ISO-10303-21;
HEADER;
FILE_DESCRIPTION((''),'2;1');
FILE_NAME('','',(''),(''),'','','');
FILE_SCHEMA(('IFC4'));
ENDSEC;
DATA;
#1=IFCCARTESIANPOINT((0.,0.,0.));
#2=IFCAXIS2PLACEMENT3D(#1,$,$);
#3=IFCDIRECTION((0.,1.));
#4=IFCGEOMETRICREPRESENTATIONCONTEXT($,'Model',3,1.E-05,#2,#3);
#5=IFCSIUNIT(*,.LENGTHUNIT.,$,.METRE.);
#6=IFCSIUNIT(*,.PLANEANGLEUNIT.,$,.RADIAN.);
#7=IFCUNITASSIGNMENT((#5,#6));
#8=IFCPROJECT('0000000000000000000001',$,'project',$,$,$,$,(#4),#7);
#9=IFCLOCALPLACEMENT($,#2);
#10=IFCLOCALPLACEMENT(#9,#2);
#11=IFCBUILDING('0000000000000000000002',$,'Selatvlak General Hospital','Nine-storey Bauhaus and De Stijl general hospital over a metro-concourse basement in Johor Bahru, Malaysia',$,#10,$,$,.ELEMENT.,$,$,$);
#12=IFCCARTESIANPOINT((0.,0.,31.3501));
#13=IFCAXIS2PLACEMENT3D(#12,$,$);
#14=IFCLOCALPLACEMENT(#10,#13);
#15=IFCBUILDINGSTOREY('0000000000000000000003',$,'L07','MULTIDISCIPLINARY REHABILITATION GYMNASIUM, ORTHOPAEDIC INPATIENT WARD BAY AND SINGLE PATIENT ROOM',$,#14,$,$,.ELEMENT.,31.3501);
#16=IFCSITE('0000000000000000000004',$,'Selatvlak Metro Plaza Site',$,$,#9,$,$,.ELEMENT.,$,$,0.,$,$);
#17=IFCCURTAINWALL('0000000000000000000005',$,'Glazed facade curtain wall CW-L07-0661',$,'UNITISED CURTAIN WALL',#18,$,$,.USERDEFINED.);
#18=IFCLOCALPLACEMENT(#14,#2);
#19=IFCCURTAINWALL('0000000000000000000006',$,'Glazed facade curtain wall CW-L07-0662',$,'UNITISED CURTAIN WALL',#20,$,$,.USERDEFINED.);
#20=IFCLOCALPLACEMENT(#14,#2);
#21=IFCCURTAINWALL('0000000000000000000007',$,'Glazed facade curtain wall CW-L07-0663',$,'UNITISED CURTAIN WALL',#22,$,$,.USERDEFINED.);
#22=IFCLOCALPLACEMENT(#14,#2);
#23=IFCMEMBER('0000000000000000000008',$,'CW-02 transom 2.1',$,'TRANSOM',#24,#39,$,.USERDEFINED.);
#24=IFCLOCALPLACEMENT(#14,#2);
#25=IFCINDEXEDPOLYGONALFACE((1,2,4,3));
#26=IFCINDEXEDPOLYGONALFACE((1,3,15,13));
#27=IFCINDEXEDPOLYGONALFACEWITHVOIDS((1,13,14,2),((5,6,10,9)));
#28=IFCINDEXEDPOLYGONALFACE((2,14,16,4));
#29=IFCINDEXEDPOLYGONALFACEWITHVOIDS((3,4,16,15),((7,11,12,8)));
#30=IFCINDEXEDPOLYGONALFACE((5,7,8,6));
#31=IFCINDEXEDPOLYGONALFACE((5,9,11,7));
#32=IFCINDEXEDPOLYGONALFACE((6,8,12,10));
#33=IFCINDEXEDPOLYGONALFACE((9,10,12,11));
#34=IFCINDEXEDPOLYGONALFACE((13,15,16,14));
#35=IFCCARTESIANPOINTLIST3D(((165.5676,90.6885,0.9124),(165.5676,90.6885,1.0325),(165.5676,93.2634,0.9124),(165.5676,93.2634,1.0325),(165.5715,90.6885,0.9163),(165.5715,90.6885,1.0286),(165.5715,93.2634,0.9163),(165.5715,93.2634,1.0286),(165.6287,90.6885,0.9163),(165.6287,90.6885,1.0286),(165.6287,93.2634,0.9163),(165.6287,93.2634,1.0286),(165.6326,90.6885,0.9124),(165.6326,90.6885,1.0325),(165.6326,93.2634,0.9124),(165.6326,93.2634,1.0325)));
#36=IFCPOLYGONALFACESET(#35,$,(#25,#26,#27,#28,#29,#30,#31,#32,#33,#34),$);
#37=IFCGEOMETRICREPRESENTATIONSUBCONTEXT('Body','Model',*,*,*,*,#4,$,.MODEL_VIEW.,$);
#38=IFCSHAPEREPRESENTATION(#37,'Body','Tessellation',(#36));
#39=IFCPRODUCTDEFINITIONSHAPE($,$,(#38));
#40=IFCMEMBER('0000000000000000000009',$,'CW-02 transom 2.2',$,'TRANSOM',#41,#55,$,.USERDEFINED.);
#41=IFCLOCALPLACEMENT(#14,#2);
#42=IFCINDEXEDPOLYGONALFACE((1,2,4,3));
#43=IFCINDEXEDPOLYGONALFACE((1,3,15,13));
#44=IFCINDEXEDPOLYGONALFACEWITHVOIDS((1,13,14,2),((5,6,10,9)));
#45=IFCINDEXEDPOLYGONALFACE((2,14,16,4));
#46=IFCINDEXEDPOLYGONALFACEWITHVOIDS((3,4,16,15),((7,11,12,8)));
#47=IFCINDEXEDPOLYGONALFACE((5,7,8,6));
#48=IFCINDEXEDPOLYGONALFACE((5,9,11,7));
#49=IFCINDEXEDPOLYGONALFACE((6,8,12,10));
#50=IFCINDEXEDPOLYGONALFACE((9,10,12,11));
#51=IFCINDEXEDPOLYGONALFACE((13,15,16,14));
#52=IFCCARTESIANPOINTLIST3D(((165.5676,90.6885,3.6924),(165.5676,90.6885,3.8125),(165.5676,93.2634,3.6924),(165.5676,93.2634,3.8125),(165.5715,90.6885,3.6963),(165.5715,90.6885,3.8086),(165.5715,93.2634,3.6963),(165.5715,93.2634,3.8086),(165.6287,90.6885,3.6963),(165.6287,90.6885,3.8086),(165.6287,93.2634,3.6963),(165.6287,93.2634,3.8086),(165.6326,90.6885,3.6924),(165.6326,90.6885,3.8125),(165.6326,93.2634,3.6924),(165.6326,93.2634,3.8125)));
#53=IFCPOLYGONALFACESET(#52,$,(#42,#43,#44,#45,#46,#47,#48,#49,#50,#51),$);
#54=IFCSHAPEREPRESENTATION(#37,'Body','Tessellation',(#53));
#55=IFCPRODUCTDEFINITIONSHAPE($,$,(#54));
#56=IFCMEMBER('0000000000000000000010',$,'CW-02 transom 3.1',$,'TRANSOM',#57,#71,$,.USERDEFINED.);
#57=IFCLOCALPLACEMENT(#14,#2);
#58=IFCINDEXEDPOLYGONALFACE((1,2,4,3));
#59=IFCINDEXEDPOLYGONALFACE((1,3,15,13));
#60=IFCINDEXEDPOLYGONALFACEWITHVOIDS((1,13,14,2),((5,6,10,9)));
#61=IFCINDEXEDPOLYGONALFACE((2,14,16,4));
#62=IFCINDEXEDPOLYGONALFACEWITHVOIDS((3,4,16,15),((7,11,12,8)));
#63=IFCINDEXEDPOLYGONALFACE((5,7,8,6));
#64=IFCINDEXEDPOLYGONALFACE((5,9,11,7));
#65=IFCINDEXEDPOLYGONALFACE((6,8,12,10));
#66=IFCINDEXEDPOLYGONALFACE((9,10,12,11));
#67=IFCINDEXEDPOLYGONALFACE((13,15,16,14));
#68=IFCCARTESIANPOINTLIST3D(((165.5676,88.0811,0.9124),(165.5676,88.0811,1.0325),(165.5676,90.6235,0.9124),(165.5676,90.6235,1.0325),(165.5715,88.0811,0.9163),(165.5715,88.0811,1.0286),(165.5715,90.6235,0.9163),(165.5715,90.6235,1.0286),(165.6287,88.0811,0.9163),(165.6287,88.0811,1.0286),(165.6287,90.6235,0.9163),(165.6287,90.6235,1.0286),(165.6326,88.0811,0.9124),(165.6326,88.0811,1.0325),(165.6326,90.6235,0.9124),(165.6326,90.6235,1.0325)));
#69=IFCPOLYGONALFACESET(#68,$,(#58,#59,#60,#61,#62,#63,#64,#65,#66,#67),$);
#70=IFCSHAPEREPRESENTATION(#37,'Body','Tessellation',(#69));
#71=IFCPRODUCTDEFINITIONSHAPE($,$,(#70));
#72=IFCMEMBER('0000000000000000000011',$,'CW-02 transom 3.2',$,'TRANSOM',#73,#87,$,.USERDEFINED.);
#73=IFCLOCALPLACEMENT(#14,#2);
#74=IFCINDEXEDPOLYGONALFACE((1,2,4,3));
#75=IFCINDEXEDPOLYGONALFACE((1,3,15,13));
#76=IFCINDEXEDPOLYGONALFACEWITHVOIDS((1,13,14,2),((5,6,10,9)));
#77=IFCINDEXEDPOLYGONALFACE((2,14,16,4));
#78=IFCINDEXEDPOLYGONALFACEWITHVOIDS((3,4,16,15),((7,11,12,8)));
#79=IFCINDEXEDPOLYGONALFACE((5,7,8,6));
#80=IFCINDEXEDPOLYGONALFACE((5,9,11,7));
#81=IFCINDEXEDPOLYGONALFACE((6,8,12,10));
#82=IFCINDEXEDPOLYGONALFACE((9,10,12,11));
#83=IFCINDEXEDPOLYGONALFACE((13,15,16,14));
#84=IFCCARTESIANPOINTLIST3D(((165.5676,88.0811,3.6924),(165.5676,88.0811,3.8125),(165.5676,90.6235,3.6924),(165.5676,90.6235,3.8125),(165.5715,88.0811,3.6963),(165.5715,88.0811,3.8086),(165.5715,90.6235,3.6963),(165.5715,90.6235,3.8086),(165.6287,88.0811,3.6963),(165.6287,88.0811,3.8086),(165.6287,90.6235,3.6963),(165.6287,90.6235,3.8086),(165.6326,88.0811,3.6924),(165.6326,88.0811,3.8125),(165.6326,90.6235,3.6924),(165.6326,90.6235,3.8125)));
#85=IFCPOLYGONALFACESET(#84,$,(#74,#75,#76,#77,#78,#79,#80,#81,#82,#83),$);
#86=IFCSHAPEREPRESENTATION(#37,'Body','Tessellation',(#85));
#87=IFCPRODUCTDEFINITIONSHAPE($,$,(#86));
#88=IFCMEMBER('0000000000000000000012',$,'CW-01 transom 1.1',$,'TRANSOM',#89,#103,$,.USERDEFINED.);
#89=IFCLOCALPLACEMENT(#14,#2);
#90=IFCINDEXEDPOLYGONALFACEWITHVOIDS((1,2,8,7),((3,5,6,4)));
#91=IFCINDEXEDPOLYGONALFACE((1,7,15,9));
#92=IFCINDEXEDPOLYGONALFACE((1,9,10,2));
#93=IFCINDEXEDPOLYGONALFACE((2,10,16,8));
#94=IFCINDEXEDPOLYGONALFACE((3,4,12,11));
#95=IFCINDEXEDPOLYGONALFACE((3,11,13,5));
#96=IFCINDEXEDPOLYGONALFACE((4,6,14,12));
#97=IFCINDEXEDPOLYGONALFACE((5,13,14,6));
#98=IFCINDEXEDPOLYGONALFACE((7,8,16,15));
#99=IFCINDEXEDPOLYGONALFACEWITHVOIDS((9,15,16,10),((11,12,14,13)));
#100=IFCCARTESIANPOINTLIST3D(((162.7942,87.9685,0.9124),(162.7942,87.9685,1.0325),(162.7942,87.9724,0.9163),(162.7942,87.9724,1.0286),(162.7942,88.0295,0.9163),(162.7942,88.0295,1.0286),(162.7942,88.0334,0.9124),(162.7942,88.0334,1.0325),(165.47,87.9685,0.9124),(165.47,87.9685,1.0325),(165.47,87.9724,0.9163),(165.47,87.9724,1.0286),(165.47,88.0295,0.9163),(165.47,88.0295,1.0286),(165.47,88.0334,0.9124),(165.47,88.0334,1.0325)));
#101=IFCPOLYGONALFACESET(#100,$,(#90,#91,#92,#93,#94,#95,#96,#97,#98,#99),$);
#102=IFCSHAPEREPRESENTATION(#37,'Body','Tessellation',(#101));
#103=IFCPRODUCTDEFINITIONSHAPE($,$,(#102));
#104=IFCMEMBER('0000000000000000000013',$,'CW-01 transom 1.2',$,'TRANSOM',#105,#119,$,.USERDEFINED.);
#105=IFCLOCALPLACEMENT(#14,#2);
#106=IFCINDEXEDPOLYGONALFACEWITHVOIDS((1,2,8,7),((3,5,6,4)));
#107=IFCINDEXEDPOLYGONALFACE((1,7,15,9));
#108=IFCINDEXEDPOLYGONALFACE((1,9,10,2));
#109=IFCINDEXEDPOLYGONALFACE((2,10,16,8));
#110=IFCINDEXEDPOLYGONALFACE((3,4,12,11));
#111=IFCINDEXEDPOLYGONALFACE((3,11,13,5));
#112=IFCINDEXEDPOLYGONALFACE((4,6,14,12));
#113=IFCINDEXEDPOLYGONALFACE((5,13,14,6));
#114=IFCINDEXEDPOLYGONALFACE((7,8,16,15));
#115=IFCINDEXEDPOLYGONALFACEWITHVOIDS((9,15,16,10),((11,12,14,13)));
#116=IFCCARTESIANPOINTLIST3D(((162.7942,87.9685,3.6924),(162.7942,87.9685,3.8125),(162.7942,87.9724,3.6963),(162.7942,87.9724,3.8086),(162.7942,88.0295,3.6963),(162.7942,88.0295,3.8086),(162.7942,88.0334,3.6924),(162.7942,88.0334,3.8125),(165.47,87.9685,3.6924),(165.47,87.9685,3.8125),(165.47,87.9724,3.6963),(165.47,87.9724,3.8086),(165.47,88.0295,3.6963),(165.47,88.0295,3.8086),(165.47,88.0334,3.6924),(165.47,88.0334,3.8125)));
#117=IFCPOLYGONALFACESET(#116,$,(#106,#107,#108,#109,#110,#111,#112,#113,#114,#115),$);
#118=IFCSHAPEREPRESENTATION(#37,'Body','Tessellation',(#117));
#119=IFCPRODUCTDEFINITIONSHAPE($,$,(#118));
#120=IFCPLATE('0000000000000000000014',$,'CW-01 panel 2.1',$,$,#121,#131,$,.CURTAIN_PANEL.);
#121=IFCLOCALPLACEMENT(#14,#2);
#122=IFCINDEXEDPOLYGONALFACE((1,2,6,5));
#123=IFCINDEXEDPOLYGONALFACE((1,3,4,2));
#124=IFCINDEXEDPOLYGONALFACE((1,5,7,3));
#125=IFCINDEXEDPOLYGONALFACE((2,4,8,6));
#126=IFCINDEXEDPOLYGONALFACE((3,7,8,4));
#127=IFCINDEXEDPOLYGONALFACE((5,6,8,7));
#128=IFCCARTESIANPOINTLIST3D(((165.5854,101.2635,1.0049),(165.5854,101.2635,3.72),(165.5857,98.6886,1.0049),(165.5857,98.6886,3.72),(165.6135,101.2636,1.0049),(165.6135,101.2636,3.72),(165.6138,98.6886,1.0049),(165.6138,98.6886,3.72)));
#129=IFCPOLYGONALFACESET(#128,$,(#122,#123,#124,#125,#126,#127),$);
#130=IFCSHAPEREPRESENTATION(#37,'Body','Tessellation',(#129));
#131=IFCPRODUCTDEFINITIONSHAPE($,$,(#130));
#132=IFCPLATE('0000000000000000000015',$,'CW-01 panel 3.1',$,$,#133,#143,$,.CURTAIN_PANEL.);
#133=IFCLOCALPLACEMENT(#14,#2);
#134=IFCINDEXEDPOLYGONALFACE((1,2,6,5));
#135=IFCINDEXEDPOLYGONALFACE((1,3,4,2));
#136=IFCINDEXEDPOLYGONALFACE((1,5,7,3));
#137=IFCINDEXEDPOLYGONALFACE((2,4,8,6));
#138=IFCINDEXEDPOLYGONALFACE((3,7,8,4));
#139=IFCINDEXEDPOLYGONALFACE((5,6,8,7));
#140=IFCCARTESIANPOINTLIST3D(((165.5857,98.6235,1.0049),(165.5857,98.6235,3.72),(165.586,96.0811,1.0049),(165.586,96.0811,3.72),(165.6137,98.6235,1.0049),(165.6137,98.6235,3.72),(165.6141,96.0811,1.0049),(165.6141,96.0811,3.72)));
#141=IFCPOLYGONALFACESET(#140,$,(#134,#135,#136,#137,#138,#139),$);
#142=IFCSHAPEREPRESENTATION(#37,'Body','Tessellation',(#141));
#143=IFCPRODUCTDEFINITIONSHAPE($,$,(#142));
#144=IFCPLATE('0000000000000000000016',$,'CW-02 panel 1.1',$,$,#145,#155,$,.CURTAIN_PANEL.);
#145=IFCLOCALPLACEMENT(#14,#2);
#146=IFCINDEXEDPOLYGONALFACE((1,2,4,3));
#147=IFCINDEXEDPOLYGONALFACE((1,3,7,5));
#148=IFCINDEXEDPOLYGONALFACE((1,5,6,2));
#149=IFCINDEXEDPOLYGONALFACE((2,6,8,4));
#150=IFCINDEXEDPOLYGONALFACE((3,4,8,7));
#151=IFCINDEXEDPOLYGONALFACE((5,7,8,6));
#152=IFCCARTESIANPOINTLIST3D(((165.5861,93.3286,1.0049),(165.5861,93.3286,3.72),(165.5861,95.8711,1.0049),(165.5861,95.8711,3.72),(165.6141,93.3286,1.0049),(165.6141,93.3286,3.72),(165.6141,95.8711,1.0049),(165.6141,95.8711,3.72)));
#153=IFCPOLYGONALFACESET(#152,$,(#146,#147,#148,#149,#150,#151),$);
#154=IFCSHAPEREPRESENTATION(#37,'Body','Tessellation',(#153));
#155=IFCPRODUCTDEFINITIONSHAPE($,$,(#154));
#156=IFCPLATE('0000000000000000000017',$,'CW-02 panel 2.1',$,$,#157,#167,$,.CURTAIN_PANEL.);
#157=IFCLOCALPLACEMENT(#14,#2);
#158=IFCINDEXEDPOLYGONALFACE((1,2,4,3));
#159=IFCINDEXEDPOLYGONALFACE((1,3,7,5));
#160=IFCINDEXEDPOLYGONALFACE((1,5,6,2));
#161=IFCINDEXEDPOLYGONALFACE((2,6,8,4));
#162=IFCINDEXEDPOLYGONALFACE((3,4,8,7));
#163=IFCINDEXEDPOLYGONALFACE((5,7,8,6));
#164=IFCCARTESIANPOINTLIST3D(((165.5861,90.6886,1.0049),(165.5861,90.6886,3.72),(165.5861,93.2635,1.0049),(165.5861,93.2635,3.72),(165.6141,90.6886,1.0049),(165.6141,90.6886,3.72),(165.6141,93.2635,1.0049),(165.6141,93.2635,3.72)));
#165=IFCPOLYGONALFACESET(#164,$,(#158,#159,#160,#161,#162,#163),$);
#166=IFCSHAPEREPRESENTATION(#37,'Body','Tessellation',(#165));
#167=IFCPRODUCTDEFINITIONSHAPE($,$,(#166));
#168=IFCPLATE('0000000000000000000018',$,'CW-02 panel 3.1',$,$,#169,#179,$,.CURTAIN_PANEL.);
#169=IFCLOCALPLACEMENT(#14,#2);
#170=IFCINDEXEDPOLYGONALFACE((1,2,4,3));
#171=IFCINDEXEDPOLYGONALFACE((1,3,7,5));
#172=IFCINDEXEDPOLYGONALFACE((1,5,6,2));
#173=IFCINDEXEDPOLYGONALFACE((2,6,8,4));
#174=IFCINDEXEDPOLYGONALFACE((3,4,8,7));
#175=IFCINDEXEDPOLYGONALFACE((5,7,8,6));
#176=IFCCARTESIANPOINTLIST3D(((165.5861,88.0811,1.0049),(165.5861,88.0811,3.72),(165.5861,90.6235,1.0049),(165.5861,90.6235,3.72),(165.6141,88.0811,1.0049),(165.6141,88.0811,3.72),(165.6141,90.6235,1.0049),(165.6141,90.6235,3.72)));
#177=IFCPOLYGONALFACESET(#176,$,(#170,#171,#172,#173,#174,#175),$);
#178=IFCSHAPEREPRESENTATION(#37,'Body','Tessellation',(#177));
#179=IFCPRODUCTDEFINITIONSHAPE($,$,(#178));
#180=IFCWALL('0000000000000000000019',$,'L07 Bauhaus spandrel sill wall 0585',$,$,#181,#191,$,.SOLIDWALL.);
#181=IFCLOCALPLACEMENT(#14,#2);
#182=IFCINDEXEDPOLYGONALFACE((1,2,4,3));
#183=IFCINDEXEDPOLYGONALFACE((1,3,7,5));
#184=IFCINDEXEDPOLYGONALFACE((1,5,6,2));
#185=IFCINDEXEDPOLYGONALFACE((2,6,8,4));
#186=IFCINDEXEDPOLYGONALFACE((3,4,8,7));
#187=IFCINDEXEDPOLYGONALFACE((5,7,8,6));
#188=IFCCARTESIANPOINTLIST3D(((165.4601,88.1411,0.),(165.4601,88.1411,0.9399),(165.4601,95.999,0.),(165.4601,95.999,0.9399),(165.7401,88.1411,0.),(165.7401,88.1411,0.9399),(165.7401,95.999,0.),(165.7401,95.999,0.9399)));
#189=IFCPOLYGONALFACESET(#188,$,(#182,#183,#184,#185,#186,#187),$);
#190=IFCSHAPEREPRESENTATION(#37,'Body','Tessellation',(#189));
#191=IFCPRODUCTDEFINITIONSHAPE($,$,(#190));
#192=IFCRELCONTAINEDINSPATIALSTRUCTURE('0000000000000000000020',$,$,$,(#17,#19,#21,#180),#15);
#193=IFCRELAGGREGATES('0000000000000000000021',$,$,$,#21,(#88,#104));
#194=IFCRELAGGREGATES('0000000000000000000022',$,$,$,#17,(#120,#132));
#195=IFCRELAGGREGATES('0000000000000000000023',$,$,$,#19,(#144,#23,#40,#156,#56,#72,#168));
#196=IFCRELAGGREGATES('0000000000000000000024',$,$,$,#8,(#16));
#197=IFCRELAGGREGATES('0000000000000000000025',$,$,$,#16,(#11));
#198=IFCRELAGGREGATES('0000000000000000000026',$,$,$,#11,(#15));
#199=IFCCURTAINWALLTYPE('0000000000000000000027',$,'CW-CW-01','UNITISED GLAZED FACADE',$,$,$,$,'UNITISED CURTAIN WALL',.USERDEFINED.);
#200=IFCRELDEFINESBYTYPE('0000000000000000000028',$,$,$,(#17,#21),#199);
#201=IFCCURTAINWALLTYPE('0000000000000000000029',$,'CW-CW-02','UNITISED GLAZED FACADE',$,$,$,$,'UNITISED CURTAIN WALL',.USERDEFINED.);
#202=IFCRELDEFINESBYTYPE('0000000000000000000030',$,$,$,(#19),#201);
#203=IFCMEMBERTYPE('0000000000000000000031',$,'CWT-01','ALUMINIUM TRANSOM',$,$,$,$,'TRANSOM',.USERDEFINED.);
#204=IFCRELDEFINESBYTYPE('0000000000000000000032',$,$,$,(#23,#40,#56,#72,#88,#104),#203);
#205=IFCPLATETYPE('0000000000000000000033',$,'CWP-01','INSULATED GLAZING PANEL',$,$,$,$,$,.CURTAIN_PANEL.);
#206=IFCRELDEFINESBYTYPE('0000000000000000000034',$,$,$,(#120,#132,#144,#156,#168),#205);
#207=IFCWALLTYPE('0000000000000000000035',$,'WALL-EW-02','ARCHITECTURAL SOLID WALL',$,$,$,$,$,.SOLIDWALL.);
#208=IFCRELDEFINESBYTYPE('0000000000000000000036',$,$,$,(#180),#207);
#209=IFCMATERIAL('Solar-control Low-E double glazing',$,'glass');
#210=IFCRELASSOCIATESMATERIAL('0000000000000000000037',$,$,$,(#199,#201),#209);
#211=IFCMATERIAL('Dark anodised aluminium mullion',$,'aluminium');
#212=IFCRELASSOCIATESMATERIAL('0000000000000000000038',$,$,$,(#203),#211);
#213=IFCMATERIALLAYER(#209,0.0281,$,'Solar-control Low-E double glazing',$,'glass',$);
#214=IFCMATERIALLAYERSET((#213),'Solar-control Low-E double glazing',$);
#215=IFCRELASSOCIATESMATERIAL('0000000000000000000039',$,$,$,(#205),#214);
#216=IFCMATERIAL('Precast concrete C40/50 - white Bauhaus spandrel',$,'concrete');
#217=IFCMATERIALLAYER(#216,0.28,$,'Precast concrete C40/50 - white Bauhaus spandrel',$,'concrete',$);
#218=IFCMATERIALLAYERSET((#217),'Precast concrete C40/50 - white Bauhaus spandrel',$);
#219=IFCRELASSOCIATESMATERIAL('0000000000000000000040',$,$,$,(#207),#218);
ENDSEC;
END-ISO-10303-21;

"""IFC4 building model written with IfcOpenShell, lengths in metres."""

from ifc_helpers import new_model, si_unit, direction, frame, frame_2d, origin, origin_2d, place, context, subcontext, project, spatial, rectangle, hollow_rectangle, extrude, material, layer, layer_set, material_profile, profile_set, type_object, element, aggregate, save


model = new_model("IFC4")

# Units and contexts
model_context = context("Model", 3, precision=1e-05, world=origin(), true_north=direction((0.0, 1.0)))
body_context = subcontext(model_context, "Body", "Model", "MODEL_VIEW")
ifc_project = project(units=[si_unit("LENGTHUNIT", "METRE"), si_unit("PLANEANGLEUNIT", "RADIAN")], contexts=[model_context])

# Site, building, storey
site_placement = place(None, origin())
site = spatial("IfcSite", under=ifc_project, at=site_placement, Name="Selatvlak Metro Plaza Site", CompositionType="ELEMENT", RefElevation=0.0)
building_placement = place(site_placement, origin())
building = spatial("IfcBuilding", under=site, at=building_placement, Name="Selatvlak General Hospital", Description="Nine-storey Bauhaus and De Stijl general hospital over a metro-concourse basement in Johor Bahru, Malaysia", CompositionType="ELEMENT")
storey_placement = place(building_placement, frame((0.0, 0.0, 31.3501)))
storey = spatial("IfcBuildingStorey", under=building, at=storey_placement, Name="L07", Description="MULTIDISCIPLINARY REHABILITATION GYMNASIUM, ORTHOPAEDIC INPATIENT WARD BAY AND SINGLE PATIENT ROOM", CompositionType="ELEMENT", Elevation=31.3501)

# Curtain walls
ifc_material_1 = material(Name="Solar-control Low-E double glazing", Category="glass")
curtain_wall_type_1 = type_object("IfcCurtainWallType", Name="CW-CW-01", Description="UNITISED GLAZED FACADE", ElementType="UNITISED CURTAIN WALL", PredefinedType="USERDEFINED", material=ifc_material_1)
curtain_wall_1_placement = place(storey_placement, origin())
curtain_wall_1 = element("IfcCurtainWall", 1, at=curtain_wall_1_placement, inside=storey, type_object=curtain_wall_type_1, Name="Glazed facade curtain wall CW-L07-0661", ObjectType="UNITISED CURTAIN WALL", PredefinedType="USERDEFINED")
ifc_material_2 = material(Name="Dark anodised aluminium mullion", Category="aluminium")
curtain_wall_type_2 = type_object("IfcCurtainWallType", Name="CW-CW-02", Description="UNITISED GLAZED FACADE", ElementType="UNITISED CURTAIN WALL", PredefinedType="USERDEFINED", material=ifc_material_1)
curtain_wall_2_placement = place(storey_placement, origin())
curtain_wall_2 = element("IfcCurtainWall", 2, at=curtain_wall_2_placement, inside=storey, type_object=curtain_wall_type_2, Name="Glazed facade curtain wall CW-L07-0662", ObjectType="UNITISED CURTAIN WALL", PredefinedType="USERDEFINED")

# Curtain wall
curtain_wall_3_placement = place(storey_placement, origin())
curtain_wall_3 = element("IfcCurtainWall", 3, at=curtain_wall_3_placement, inside=storey, type_object=curtain_wall_type_1, Name="Glazed facade curtain wall CW-L07-0663", ObjectType="UNITISED CURTAIN WALL", PredefinedType="USERDEFINED")

# Members
ifc_material_profile_1 = material_profile(ifc_material_2, hollow_rectangle(XDim=0.0649, YDim=0.1201, WallThickness=0.0039, at=origin_2d()), Name="AL-TRN 65x120x4")
ifc_profile_set_1 = profile_set([ifc_material_profile_1], Name="Dark anodised aluminium mullion")
member_type_1 = type_object("IfcMemberType", Name="CWT-01", Description="ALUMINIUM TRANSOM", ElementType="TRANSOM", PredefinedType="USERDEFINED", material=ifc_profile_set_1)
member_1_placement = place(storey_placement, frame((165.6001, 93.2634, 0.9724), z_axis=(0.0, -1.0, 0.0), x_axis=(1.0, 0.0, 0.0)))
member_1 = element("IfcMember", 4, at=member_1_placement, type_object=member_type_1, Name="CW-02 transom 2.1", ObjectType="TRANSOM", PredefinedType="USERDEFINED", context=body_context, shape_type="SweptSolid", body=[
    extrude(hollow_rectangle(XDim=0.0649, YDim=0.1201, WallThickness=0.0039, at=origin_2d()), origin(), (0.0, 0.0, 1.0), 2.575),
])
member_2_placement = place(storey_placement, frame((165.6001, 93.2634, 3.7524), z_axis=(0.0, -1.0, 0.0), x_axis=(1.0, 0.0, 0.0)))
member_2 = element("IfcMember", 5, at=member_2_placement, type_object=member_type_1, Name="CW-02 transom 2.2", ObjectType="TRANSOM", PredefinedType="USERDEFINED", context=body_context, shape_type="SweptSolid", body=[
    extrude(hollow_rectangle(XDim=0.0649, YDim=0.1201, WallThickness=0.0039, at=origin_2d()), origin(), (0.0, 0.0, 1.0), 2.575),
])
member_3_placement = place(storey_placement, frame((165.6001, 90.6235, 0.9724), z_axis=(0.0, -1.0, 0.0), x_axis=(1.0, 0.0, 0.0)))
member_3 = element("IfcMember", 6, at=member_3_placement, type_object=member_type_1, Name="CW-02 transom 3.1", ObjectType="TRANSOM", PredefinedType="USERDEFINED", context=body_context, shape_type="SweptSolid", body=[
    extrude(hollow_rectangle(XDim=0.0649, YDim=0.1201, WallThickness=0.0039, at=origin_2d()), origin(), (0.0, 0.0, 1.0), 2.5425),
])
member_4_placement = place(storey_placement, frame((165.6001, 90.6235, 3.7524), z_axis=(0.0, -1.0, 0.0), x_axis=(1.0, 0.0, 0.0)))
member_4 = element("IfcMember", 7, at=member_4_placement, type_object=member_type_1, Name="CW-02 transom 3.2", ObjectType="TRANSOM", PredefinedType="USERDEFINED", context=body_context, shape_type="SweptSolid", body=[
    extrude(hollow_rectangle(XDim=0.0649, YDim=0.1201, WallThickness=0.0039, at=origin_2d()), origin(), (0.0, 0.0, 1.0), 2.5425),
])
member_5_placement = place(storey_placement, frame((165.47, 88.001, 0.9724), z_axis=(-1.0, 0.0, 0.0), x_axis=(0.0, -1.0, 0.0)))
member_5 = element("IfcMember", 8, at=member_5_placement, type_object=member_type_1, Name="CW-01 transom 1.1", ObjectType="TRANSOM", PredefinedType="USERDEFINED", context=body_context, shape_type="SweptSolid", body=[
    extrude(hollow_rectangle(XDim=0.0649, YDim=0.1201, WallThickness=0.0039, at=origin_2d()), origin(), (0.0, 0.0, 1.0), 2.6758),
])
member_6_placement = place(storey_placement, frame((165.47, 88.001, 3.7524), z_axis=(-1.0, 0.0, 0.0), x_axis=(0.0, -1.0, 0.0)))
member_6 = element("IfcMember", 9, at=member_6_placement, type_object=member_type_1, Name="CW-01 transom 1.2", ObjectType="TRANSOM", PredefinedType="USERDEFINED", context=body_context, shape_type="SweptSolid", body=[
    extrude(hollow_rectangle(XDim=0.0649, YDim=0.1201, WallThickness=0.0039, at=origin_2d()), origin(), (0.0, 0.0, 1.0), 2.6758),
])
aggregate(curtain_wall_3, [member_5, member_6])

# Plates
ifc_layer_1 = layer(ifc_material_1, 0.0281, Name="Solar-control Low-E double glazing", Category="glass")
ifc_layer_set_1 = layer_set([ifc_layer_1], Name="Solar-control Low-E double glazing")
plate_type = type_object("IfcPlateType", Name="CWP-01", Description="INSULATED GLAZING PANEL", PredefinedType="CURTAIN_PANEL", material=ifc_layer_set_1)
plate_1_placement = place(storey_placement, frame((165.5996, 99.9761, 1.0049), z_axis=(0.0, 0.0, 1.0), x_axis=(0.000126, -1.0, 0.0)))
plate_1 = element("IfcPlate", 10, at=plate_1_placement, type_object=plate_type, Name="CW-01 panel 2.1", PredefinedType="CURTAIN_PANEL", context=body_context, shape_type="SweptSolid", body=[
    extrude(rectangle(XDim=2.575, YDim=0.0281, at=origin_2d()), origin(), (0.0, 0.0, 1.0), 2.7151),
])
plate_2_placement = place(storey_placement, frame((165.5999, 97.3523, 1.0049), z_axis=(0.0, 0.0, 1.0), x_axis=(0.000126, -1.0, 0.0)))
plate_2 = element("IfcPlate", 11, at=plate_2_placement, type_object=plate_type, Name="CW-01 panel 3.1", PredefinedType="CURTAIN_PANEL", context=body_context, shape_type="SweptSolid", body=[
    extrude(rectangle(XDim=2.5425, YDim=0.0281, at=origin_2d()), origin(), (0.0, 0.0, 1.0), 2.7151),
])
aggregate(curtain_wall_1, [plate_1, plate_2])
plate_3_placement = place(storey_placement, frame((165.6001, 94.5999, 1.0049), z_axis=(0.0, 0.0, 1.0), x_axis=(0.0, -1.0, 0.0)))
plate_3 = element("IfcPlate", 12, at=plate_3_placement, type_object=plate_type, Name="CW-02 panel 1.1", PredefinedType="CURTAIN_PANEL", context=body_context, shape_type="SweptSolid", body=[
    extrude(rectangle(XDim=2.5425, YDim=0.0281, at=origin_2d()), origin(), (0.0, 0.0, 1.0), 2.7151),
])
plate_4_placement = place(storey_placement, frame((165.6001, 91.9761, 1.0049), z_axis=(0.0, 0.0, 1.0), x_axis=(0.0, -1.0, 0.0)))
plate_4 = element("IfcPlate", 13, at=plate_4_placement, type_object=plate_type, Name="CW-02 panel 2.1", PredefinedType="CURTAIN_PANEL", context=body_context, shape_type="SweptSolid", body=[
    extrude(rectangle(XDim=2.575, YDim=0.0281, at=origin_2d()), origin(), (0.0, 0.0, 1.0), 2.7151),
])
plate_5_placement = place(storey_placement, frame((165.6001, 89.3523, 1.0049), z_axis=(0.0, 0.0, 1.0), x_axis=(0.0, -1.0, 0.0)))
plate_5 = element("IfcPlate", 14, at=plate_5_placement, type_object=plate_type, Name="CW-02 panel 3.1", PredefinedType="CURTAIN_PANEL", context=body_context, shape_type="SweptSolid", body=[
    extrude(rectangle(XDim=2.5425, YDim=0.0281, at=origin_2d()), origin(), (0.0, 0.0, 1.0), 2.7151),
])
aggregate(curtain_wall_2, [plate_3, member_1, member_2, plate_4, member_3, member_4, plate_5])

# Wall
ifc_material_3 = material(Name="Precast concrete C40/50 - white Bauhaus spandrel", Category="concrete")
ifc_layer_2 = layer(ifc_material_3, 0.28, Name="Precast concrete C40/50 - white Bauhaus spandrel", Category="concrete")
ifc_layer_set_2 = layer_set([ifc_layer_2], Name="Precast concrete C40/50 - white Bauhaus spandrel")
wall_type = type_object("IfcWallType", Name="WALL-EW-02", Description="ARCHITECTURAL SOLID WALL", PredefinedType="SOLIDWALL", material=ifc_layer_set_2)
wall_1_placement = place(storey_placement, frame((165.6001, 95.999, 0.0), z_axis=(0.0, 0.0, 1.0), x_axis=(0.0, -1.0, 0.0)))
element("IfcWall", 15, at=wall_1_placement, inside=storey, type_object=wall_type, Name="L07 Bauhaus spandrel sill wall 0585", PredefinedType="SOLIDWALL", context=body_context, shape_type="SweptSolid", body=[
    extrude(rectangle(XDim=7.8579, YDim=0.28, at=frame_2d((3.929, 0.0))), origin(), (0.0, 0.0, 1.0), 0.9399),
])

save(model, "model.ifc")
